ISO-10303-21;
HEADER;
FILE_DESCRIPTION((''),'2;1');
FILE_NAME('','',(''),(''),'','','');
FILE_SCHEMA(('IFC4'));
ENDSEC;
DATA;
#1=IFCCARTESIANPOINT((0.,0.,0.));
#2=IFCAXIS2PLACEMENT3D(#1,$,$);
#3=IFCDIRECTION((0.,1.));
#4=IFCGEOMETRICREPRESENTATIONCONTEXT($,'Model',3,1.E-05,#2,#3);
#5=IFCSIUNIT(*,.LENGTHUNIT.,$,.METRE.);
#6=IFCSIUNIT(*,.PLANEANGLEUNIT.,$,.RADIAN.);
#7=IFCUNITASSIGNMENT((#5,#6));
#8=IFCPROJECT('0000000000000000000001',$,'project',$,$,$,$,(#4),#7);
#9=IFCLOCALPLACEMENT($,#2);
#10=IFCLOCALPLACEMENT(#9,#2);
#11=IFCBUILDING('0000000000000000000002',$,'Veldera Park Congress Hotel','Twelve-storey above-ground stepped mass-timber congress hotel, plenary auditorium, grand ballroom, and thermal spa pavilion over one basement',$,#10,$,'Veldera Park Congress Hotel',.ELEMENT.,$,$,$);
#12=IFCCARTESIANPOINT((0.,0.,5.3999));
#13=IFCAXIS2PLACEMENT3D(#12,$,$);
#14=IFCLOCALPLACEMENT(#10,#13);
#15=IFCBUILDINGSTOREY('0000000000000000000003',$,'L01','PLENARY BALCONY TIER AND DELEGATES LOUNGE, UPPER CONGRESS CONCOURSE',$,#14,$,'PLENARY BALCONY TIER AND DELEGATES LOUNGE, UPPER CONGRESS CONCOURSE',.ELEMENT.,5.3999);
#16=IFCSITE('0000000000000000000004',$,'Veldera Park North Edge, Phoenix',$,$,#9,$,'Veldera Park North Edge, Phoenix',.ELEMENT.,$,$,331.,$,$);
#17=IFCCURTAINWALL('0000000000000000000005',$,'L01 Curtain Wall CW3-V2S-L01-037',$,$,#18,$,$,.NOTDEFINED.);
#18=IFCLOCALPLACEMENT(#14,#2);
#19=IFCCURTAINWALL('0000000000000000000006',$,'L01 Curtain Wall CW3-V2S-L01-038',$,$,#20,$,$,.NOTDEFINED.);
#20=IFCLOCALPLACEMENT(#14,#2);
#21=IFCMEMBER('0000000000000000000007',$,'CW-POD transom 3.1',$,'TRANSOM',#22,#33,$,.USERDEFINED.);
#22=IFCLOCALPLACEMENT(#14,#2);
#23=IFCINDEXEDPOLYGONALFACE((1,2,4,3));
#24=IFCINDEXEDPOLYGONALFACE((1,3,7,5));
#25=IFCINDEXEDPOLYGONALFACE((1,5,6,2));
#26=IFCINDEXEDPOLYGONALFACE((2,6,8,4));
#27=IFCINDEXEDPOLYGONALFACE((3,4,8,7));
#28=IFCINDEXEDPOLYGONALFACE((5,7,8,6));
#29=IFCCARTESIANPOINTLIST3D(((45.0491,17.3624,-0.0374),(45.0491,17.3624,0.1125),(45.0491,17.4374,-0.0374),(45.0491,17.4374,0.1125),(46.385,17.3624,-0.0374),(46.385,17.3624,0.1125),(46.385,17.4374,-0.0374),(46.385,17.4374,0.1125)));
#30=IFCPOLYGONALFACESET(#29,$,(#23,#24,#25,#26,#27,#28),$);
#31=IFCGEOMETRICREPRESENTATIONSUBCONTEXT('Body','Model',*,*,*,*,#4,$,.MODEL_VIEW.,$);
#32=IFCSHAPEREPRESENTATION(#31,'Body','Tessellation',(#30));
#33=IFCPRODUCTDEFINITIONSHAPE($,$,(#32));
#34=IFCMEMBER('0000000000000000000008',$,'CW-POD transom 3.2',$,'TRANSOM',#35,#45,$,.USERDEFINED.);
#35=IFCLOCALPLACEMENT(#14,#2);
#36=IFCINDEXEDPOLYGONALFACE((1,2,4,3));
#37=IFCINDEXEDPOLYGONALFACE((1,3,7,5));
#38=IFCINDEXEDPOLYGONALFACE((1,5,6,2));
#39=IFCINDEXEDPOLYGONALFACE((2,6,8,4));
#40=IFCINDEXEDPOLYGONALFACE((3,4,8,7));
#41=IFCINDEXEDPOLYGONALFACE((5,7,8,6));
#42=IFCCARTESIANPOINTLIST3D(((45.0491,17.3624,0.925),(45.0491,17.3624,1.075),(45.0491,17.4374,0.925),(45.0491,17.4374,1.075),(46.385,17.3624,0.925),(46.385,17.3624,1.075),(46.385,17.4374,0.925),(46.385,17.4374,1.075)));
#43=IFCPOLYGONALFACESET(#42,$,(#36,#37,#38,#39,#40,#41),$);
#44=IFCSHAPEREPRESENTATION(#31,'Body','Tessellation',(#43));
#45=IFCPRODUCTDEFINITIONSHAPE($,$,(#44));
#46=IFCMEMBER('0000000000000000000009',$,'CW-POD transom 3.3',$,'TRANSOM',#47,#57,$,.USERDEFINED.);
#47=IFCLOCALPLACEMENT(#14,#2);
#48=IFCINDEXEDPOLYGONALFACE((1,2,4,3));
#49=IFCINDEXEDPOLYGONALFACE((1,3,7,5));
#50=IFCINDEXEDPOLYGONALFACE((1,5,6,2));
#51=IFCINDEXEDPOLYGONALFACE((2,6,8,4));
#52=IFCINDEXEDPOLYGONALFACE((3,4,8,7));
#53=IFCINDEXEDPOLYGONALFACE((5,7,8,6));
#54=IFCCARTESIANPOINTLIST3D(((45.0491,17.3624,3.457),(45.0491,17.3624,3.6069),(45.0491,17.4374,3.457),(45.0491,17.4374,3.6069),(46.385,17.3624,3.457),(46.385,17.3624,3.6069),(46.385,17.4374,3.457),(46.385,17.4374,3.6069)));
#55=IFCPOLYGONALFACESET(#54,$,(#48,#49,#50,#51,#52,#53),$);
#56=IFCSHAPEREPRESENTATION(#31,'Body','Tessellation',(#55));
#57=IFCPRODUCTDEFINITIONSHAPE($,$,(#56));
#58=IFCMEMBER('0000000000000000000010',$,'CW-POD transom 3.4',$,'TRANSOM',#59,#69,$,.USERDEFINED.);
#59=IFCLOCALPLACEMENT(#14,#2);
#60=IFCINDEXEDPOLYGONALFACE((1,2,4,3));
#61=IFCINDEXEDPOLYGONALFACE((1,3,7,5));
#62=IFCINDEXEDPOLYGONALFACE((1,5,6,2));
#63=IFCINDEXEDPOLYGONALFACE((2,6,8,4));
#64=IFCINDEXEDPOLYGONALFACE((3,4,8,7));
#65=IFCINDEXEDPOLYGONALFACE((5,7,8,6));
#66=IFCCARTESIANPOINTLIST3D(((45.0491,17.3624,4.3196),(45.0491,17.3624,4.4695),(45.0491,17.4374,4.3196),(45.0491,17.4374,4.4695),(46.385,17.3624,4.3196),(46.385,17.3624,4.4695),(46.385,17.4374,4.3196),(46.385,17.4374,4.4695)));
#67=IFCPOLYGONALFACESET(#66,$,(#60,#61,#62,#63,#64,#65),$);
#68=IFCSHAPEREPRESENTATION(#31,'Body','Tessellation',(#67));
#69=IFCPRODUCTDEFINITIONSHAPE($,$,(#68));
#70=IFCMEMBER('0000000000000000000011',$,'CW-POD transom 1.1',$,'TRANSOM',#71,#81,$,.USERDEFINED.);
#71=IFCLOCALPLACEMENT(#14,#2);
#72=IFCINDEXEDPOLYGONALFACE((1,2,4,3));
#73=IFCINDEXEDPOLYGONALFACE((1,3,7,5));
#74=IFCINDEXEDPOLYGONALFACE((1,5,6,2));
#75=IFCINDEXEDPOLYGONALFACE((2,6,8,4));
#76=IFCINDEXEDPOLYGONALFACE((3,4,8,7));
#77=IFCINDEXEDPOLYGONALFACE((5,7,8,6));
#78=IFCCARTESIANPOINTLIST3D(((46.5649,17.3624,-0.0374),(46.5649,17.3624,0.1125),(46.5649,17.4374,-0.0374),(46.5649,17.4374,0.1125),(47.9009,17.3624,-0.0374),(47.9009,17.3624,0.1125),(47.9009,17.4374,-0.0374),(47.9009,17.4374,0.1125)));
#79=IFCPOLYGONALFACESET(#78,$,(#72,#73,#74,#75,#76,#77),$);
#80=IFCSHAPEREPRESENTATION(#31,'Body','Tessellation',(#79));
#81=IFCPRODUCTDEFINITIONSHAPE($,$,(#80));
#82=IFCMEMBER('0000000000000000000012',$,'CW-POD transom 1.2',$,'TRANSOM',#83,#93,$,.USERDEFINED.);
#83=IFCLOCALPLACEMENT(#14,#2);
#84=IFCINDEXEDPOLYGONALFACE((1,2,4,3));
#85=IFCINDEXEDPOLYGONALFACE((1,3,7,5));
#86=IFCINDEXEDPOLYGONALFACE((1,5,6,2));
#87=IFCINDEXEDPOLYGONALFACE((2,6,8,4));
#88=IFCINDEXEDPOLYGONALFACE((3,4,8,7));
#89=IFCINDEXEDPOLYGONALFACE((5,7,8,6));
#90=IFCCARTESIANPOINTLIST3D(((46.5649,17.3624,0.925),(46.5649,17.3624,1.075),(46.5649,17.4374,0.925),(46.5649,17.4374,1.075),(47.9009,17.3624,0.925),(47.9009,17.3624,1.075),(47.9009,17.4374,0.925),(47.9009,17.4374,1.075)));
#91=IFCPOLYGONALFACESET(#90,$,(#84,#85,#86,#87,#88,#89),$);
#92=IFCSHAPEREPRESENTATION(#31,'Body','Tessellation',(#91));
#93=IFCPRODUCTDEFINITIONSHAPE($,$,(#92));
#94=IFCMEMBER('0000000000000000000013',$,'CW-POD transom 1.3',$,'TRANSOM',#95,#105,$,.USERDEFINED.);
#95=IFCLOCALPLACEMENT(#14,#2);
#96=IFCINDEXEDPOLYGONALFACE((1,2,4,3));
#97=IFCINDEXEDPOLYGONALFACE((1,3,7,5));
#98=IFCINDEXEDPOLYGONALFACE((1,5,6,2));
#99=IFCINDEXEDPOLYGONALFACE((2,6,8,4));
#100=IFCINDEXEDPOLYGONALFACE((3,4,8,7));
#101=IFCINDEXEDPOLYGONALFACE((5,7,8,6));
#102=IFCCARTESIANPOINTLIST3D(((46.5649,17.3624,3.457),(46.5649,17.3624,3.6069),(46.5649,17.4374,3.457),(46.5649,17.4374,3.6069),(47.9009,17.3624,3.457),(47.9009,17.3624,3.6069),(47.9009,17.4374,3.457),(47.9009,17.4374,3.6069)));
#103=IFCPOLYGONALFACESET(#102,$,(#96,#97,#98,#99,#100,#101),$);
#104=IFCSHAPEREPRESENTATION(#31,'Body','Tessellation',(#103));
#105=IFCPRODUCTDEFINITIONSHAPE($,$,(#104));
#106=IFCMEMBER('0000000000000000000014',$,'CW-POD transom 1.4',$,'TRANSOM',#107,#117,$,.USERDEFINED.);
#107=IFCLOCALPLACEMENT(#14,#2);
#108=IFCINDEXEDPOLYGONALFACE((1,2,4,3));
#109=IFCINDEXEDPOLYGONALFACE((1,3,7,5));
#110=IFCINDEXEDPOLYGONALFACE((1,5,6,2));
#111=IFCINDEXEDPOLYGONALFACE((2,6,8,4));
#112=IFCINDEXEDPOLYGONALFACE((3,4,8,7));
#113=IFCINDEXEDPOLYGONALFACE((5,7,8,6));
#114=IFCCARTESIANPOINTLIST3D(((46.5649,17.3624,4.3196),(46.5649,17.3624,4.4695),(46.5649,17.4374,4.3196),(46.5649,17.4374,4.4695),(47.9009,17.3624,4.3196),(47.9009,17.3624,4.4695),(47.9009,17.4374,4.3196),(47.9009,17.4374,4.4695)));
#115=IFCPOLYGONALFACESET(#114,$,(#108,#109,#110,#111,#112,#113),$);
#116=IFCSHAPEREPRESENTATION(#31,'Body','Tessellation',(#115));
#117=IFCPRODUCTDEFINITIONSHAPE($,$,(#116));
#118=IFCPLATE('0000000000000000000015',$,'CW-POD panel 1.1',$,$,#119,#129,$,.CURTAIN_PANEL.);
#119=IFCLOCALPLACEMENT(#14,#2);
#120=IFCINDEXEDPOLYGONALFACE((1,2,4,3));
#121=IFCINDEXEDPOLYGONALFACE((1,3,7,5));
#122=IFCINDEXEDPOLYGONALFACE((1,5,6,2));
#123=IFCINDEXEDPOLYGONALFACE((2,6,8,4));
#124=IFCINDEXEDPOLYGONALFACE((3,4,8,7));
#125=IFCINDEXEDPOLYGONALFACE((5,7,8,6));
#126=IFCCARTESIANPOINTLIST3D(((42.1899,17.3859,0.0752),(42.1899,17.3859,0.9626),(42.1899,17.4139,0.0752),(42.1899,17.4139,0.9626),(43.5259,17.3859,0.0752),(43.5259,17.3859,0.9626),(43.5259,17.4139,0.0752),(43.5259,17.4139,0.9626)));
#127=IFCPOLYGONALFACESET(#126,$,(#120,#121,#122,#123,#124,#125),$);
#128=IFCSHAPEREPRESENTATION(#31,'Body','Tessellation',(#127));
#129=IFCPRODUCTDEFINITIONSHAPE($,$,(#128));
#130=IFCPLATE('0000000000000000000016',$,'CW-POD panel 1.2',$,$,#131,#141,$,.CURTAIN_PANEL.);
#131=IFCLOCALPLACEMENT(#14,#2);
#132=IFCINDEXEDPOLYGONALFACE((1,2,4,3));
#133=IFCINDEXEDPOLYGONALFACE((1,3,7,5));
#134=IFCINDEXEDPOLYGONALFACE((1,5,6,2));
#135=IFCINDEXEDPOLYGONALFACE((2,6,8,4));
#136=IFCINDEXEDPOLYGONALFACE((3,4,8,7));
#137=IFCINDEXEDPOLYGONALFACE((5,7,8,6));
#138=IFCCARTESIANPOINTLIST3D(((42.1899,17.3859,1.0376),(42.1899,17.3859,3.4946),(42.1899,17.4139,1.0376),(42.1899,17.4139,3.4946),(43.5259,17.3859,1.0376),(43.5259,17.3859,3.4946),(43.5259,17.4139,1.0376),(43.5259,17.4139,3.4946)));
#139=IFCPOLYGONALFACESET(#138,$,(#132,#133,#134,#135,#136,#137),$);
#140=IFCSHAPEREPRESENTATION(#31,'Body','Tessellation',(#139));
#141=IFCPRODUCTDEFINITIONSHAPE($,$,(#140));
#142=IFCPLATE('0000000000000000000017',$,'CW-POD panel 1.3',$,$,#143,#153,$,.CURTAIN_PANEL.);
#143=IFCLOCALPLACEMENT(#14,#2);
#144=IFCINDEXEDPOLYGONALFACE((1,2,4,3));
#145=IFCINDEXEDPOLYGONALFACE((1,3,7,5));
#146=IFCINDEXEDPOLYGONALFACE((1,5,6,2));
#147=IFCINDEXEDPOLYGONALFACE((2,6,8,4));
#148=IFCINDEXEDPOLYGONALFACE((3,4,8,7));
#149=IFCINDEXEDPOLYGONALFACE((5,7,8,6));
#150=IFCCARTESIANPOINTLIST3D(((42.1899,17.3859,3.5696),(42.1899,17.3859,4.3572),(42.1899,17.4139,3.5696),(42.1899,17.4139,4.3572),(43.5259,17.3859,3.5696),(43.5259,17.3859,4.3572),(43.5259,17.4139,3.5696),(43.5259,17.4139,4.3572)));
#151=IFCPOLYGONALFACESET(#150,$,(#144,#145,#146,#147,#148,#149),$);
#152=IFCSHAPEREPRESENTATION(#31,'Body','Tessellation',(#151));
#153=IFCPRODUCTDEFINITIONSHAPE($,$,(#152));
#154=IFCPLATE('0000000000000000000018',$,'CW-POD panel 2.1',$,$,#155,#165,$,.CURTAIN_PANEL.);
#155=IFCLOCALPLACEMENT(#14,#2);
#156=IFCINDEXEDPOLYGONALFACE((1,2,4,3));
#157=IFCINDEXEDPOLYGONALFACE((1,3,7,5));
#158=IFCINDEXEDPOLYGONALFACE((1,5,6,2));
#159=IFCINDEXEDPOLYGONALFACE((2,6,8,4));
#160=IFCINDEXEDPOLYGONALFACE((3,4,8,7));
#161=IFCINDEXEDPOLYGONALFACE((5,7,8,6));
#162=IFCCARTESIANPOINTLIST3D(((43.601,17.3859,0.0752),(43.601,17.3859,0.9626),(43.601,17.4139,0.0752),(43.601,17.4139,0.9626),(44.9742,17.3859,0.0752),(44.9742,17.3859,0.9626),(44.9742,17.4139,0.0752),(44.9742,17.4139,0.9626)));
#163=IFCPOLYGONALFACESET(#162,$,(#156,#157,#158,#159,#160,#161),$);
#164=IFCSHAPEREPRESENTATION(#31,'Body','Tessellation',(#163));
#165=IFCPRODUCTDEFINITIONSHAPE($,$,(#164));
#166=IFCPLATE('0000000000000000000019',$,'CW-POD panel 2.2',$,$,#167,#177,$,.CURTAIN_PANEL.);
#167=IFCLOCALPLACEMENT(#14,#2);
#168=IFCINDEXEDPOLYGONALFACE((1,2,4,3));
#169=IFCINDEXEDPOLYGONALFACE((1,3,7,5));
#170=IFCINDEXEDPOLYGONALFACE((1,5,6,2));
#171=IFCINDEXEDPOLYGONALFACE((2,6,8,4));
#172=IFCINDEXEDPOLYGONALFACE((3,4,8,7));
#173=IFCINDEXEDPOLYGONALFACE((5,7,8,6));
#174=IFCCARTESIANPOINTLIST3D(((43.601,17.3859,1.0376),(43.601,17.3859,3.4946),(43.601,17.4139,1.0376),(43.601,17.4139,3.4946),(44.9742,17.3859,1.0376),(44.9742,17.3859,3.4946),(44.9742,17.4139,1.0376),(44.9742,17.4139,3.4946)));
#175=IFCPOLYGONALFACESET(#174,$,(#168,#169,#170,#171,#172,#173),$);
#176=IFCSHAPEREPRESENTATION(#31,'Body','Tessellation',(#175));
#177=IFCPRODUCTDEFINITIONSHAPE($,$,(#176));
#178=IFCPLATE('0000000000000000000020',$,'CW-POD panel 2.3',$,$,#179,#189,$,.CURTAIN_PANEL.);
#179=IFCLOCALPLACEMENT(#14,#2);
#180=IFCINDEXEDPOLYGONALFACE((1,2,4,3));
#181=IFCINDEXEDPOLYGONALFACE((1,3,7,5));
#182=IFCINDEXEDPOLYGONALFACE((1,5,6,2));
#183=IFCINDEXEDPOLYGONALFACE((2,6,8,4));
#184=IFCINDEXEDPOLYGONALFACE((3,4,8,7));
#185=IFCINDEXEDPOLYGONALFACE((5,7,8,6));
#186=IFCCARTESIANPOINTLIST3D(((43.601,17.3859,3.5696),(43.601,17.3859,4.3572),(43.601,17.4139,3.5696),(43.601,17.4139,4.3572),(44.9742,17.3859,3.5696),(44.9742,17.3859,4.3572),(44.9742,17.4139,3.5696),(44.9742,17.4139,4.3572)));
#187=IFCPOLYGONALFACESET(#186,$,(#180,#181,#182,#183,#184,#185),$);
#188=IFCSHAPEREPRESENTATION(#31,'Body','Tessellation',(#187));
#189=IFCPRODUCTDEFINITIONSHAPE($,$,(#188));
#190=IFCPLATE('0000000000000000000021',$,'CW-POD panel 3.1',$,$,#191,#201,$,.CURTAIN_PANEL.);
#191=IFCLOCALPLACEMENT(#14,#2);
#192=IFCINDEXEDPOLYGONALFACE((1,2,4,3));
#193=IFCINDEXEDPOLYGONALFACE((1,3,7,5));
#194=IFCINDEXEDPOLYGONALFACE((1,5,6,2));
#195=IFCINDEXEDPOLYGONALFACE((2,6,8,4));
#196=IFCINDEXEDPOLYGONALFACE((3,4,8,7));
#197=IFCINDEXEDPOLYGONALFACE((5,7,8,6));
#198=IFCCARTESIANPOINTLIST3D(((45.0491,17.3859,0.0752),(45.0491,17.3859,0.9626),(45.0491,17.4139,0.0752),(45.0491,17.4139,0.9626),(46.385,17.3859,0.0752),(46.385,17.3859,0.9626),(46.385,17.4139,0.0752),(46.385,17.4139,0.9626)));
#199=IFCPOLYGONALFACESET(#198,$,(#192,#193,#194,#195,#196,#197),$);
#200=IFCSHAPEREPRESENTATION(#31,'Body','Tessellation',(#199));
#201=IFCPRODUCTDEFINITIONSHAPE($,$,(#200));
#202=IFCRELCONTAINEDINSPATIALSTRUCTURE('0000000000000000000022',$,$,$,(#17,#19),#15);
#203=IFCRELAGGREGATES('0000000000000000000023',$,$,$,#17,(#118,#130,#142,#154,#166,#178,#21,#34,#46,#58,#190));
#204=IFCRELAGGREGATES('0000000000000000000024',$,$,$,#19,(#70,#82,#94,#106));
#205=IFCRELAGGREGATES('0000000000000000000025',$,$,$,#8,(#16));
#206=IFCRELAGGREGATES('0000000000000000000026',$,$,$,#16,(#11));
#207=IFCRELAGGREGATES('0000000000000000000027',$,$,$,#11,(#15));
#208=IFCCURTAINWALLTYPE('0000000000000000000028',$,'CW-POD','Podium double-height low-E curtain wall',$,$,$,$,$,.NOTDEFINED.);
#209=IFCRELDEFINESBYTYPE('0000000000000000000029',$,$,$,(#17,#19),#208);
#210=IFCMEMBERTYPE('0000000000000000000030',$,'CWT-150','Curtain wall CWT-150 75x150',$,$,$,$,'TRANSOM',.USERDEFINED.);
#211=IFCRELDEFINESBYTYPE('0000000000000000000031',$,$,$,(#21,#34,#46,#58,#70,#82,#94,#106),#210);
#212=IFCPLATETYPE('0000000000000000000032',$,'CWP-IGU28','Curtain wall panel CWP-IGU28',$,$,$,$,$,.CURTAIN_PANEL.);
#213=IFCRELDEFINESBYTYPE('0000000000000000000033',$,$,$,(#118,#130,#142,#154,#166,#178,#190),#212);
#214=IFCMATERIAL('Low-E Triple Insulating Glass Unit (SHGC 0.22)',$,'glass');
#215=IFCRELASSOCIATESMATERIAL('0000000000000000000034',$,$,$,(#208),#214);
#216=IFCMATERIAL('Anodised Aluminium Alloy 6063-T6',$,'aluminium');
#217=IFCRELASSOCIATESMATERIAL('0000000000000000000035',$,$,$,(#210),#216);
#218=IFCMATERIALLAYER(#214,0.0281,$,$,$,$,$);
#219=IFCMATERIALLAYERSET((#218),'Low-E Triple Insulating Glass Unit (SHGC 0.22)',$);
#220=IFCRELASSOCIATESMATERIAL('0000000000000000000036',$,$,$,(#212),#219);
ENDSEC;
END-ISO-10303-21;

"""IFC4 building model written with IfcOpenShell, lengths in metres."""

from ifc_helpers import new_model, si_unit, direction, frame, origin, origin_2d, place, context, subcontext, project, spatial, rectangle, extrude, material, layer, layer_set, material_profile, profile_set, type_object, element, aggregate, save


model = new_model("IFC4")

# Units and contexts
model_context = context("Model", 3, precision=1e-05, world=origin(), true_north=direction((0.0, 1.0)))
body_context = subcontext(model_context, "Body", "Model", "MODEL_VIEW")
ifc_project = project(units=[si_unit("LENGTHUNIT", "METRE"), si_unit("PLANEANGLEUNIT", "RADIAN")], contexts=[model_context])

# Site, building, storey
site_placement = place(None, origin())
site = spatial("IfcSite", under=ifc_project, at=site_placement, Name="Veldera Park North Edge, Phoenix", LongName="Veldera Park North Edge, Phoenix", CompositionType="ELEMENT", RefElevation=331.0)
building_placement = place(site_placement, origin())
building = spatial("IfcBuilding", under=site, at=building_placement, Name="Veldera Park Congress Hotel", Description="Twelve-storey above-ground stepped mass-timber congress hotel, plenary auditorium, grand ballroom, and thermal spa pavilion over one basement", LongName="Veldera Park Congress Hotel", CompositionType="ELEMENT")
storey_placement = place(building_placement, frame((0.0, 0.0, 5.3999)))
storey = spatial("IfcBuildingStorey", under=building, at=storey_placement, Name="L01", Description="PLENARY BALCONY TIER AND DELEGATES LOUNGE, UPPER CONGRESS CONCOURSE", LongName="PLENARY BALCONY TIER AND DELEGATES LOUNGE, UPPER CONGRESS CONCOURSE", CompositionType="ELEMENT", Elevation=5.3999)

# Curtain wall
ifc_material_1 = material(Name="Low-E Triple Insulating Glass Unit (SHGC 0.22)", Category="glass")
curtain_wall_type = type_object("IfcCurtainWallType", Name="CW-POD", Description="Podium double-height low-E curtain wall", PredefinedType="NOTDEFINED", material=ifc_material_1)
curtain_wall_1_placement = place(storey_placement, origin())
curtain_wall_1 = element("IfcCurtainWall", 1, at=curtain_wall_1_placement, inside=storey, type_object=curtain_wall_type, Name="L01 Curtain Wall CW3-V2S-L01-037", PredefinedType="NOTDEFINED")
ifc_material_2 = material(Name="Anodised Aluminium Alloy 6063-T6", Category="aluminium")

# Curtain wall
curtain_wall_2_placement = place(storey_placement, origin())
curtain_wall_2 = element("IfcCurtainWall", 2, at=curtain_wall_2_placement, inside=storey, type_object=curtain_wall_type, Name="L01 Curtain Wall CW3-V2S-L01-038", PredefinedType="NOTDEFINED")

# Members
ifc_material_profile_1 = material_profile(ifc_material_2, rectangle(XDim=0.075, YDim=0.1499, at=origin_2d()), Name="ALU 75x150")
ifc_profile_set_1 = profile_set([ifc_material_profile_1], Name="Anodised Aluminium Alloy 6063-T6")
member_type_1 = type_object("IfcMemberType", Name="CWT-150", Description="Curtain wall CWT-150 75x150", ElementType="TRANSOM", PredefinedType="USERDEFINED", material=ifc_profile_set_1)
member_1_placement = place(storey_placement, frame((45.0491, 17.3999, 0.0376), z_axis=(1.0, 0.0, 0.0), x_axis=(0.0, 1.0, 0.0)))
member_1 = element("IfcMember", 3, at=member_1_placement, type_object=member_type_1, Name="CW-POD transom 3.1", ObjectType="TRANSOM", PredefinedType="USERDEFINED", context=body_context, shape_type="SweptSolid", body=[
    extrude(rectangle(XDim=0.075, YDim=0.1499, at=origin_2d()), origin(), (0.0, 0.0, 1.0), 1.3359),
])
member_2_placement = place(storey_placement, frame((45.0491, 17.3999, 1.0), z_axis=(1.0, 0.0, 0.0), x_axis=(0.0, 1.0, 0.0)))
member_2 = element("IfcMember", 4, at=member_2_placement, type_object=member_type_1, Name="CW-POD transom 3.2", ObjectType="TRANSOM", PredefinedType="USERDEFINED", context=body_context, shape_type="SweptSolid", body=[
    extrude(rectangle(XDim=0.075, YDim=0.1499, at=origin_2d()), origin(), (0.0, 0.0, 1.0), 1.3359),
])
member_3_placement = place(storey_placement, frame((45.0491, 17.3999, 3.532), z_axis=(1.0, 0.0, 0.0), x_axis=(0.0, 1.0, 0.0)))
member_3 = element("IfcMember", 5, at=member_3_placement, type_object=member_type_1, Name="CW-POD transom 3.3", ObjectType="TRANSOM", PredefinedType="USERDEFINED", context=body_context, shape_type="SweptSolid", body=[
    extrude(rectangle(XDim=0.075, YDim=0.1499, at=origin_2d()), origin(), (0.0, 0.0, 1.0), 1.3359),
])
member_4_placement = place(storey_placement, frame((45.0491, 17.3999, 4.3945), z_axis=(1.0, 0.0, 0.0), x_axis=(0.0, 1.0, 0.0)))
member_4 = element("IfcMember", 6, at=member_4_placement, type_object=member_type_1, Name="CW-POD transom 3.4", ObjectType="TRANSOM", PredefinedType="USERDEFINED", context=body_context, shape_type="SweptSolid", body=[
    extrude(rectangle(XDim=0.075, YDim=0.1499, at=origin_2d()), origin(), (0.0, 0.0, 1.0), 1.3359),
])
member_5_placement = place(storey_placement, frame((46.5649, 17.3999, 0.0376), z_axis=(1.0, 0.0, 0.0), x_axis=(0.0, 1.0, 0.0)))
member_5 = element("IfcMember", 7, at=member_5_placement, type_object=member_type_1, Name="CW-POD transom 1.1", ObjectType="TRANSOM", PredefinedType="USERDEFINED", context=body_context, shape_type="SweptSolid", body=[
    extrude(rectangle(XDim=0.075, YDim=0.1499, at=origin_2d()), origin(), (0.0, 0.0, 1.0), 1.3359),
])
member_6_placement = place(storey_placement, frame((46.5649, 17.3999, 1.0), z_axis=(1.0, 0.0, 0.0), x_axis=(0.0, 1.0, 0.0)))
member_6 = element("IfcMember", 8, at=member_6_placement, type_object=member_type_1, Name="CW-POD transom 1.2", ObjectType="TRANSOM", PredefinedType="USERDEFINED", context=body_context, shape_type="SweptSolid", body=[
    extrude(rectangle(XDim=0.075, YDim=0.1499, at=origin_2d()), origin(), (0.0, 0.0, 1.0), 1.3359),
])
member_7_placement = place(storey_placement, frame((46.5649, 17.3999, 3.532), z_axis=(1.0, 0.0, 0.0), x_axis=(0.0, 1.0, 0.0)))
member_7 = element("IfcMember", 9, at=member_7_placement, type_object=member_type_1, Name="CW-POD transom 1.3", ObjectType="TRANSOM", PredefinedType="USERDEFINED", context=body_context, shape_type="SweptSolid", body=[
    extrude(rectangle(XDim=0.075, YDim=0.1499, at=origin_2d()), origin(), (0.0, 0.0, 1.0), 1.3359),
])
member_8_placement = place(storey_placement, frame((46.5649, 17.3999, 4.3945), z_axis=(1.0, 0.0, 0.0), x_axis=(0.0, 1.0, 0.0)))
member_8 = element("IfcMember", 10, at=member_8_placement, type_object=member_type_1, Name="CW-POD transom 1.4", ObjectType="TRANSOM", PredefinedType="USERDEFINED", context=body_context, shape_type="SweptSolid", body=[
    extrude(rectangle(XDim=0.075, YDim=0.1499, at=origin_2d()), origin(), (0.0, 0.0, 1.0), 1.3359),
])

# Plates
ifc_layer = layer(ifc_material_1, 0.0281)
ifc_layer_set = layer_set([ifc_layer], Name="Low-E Triple Insulating Glass Unit (SHGC 0.22)")
plate_type = type_object("IfcPlateType", Name="CWP-IGU28", Description="Curtain wall panel CWP-IGU28", PredefinedType="CURTAIN_PANEL", material=ifc_layer_set)
plate_1_placement = place(storey_placement, frame((42.8579, 17.3999, 0.0752), z_axis=(0.0, 0.0, 1.0), x_axis=(1.0, 0.0, 0.0)))
plate_1 = element("IfcPlate", 11, at=plate_1_placement, type_object=plate_type, Name="CW-POD panel 1.1", PredefinedType="CURTAIN_PANEL", context=body_context, shape_type="SweptSolid", body=[
    extrude(rectangle(XDim=1.3359, YDim=0.0281, at=origin_2d()), origin(), (0.0, 0.0, 1.0), 0.8875),
])
plate_2_placement = place(storey_placement, frame((42.8579, 17.3999, 1.0376), z_axis=(0.0, 0.0, 1.0), x_axis=(1.0, 0.0, 0.0)))
plate_2 = element("IfcPlate", 12, at=plate_2_placement, type_object=plate_type, Name="CW-POD panel 1.2", PredefinedType="CURTAIN_PANEL", context=body_context, shape_type="SweptSolid", body=[
    extrude(rectangle(XDim=1.3359, YDim=0.0281, at=origin_2d()), origin(), (0.0, 0.0, 1.0), 2.457),
])
plate_3_placement = place(storey_placement, frame((42.8579, 17.3999, 3.5696), z_axis=(0.0, 0.0, 1.0), x_axis=(1.0, 0.0, 0.0)))
plate_3 = element("IfcPlate", 13, at=plate_3_placement, type_object=plate_type, Name="CW-POD panel 1.3", PredefinedType="CURTAIN_PANEL", context=body_context, shape_type="SweptSolid", body=[
    extrude(rectangle(XDim=1.3359, YDim=0.0281, at=origin_2d()), origin(), (0.0, 0.0, 1.0), 0.7876),
])
plate_4_placement = place(storey_placement, frame((44.2876, 17.3999, 0.0752), z_axis=(0.0, 0.0, 1.0), x_axis=(1.0, 0.0, 0.0)))
plate_4 = element("IfcPlate", 14, at=plate_4_placement, type_object=plate_type, Name="CW-POD panel 2.1", PredefinedType="CURTAIN_PANEL", context=body_context, shape_type="SweptSolid", body=[
    extrude(rectangle(XDim=1.3733, YDim=0.0281, at=origin_2d()), origin(), (0.0, 0.0, 1.0), 0.8875),
])
plate_5_placement = place(storey_placement, frame((44.2876, 17.3999, 1.0376), z_axis=(0.0, 0.0, 1.0), x_axis=(1.0, 0.0, 0.0)))
plate_5 = element("IfcPlate", 15, at=plate_5_placement, type_object=plate_type, Name="CW-POD panel 2.2", PredefinedType="CURTAIN_PANEL", context=body_context, shape_type="SweptSolid", body=[
    extrude(rectangle(XDim=1.3733, YDim=0.0281, at=origin_2d()), origin(), (0.0, 0.0, 1.0), 2.457),
])
plate_6_placement = place(storey_placement, frame((44.2876, 17.3999, 3.5696), z_axis=(0.0, 0.0, 1.0), x_axis=(1.0, 0.0, 0.0)))
plate_6 = element("IfcPlate", 16, at=plate_6_placement, type_object=plate_type, Name="CW-POD panel 2.3", PredefinedType="CURTAIN_PANEL", context=body_context, shape_type="SweptSolid", body=[
    extrude(rectangle(XDim=1.3733, YDim=0.0281, at=origin_2d()), origin(), (0.0, 0.0, 1.0), 0.7876),
])
plate_7_placement = place(storey_placement, frame((45.717, 17.3999, 0.0752), z_axis=(0.0, 0.0, 1.0), x_axis=(1.0, 0.0, 0.0)))
plate_7 = element("IfcPlate", 17, at=plate_7_placement, type_object=plate_type, Name="CW-POD panel 3.1", PredefinedType="CURTAIN_PANEL", context=body_context, shape_type="SweptSolid", body=[
    extrude(rectangle(XDim=1.3359, YDim=0.0281, at=origin_2d()), origin(), (0.0, 0.0, 1.0), 0.8875),
])
aggregate(curtain_wall_1, [plate_1, plate_2, plate_3, plate_4, plate_5, plate_6, member_1, member_2, member_3, member_4, plate_7])
aggregate(curtain_wall_2, [member_5, member_6, member_7, member_8])

save(model, "model.ifc")
